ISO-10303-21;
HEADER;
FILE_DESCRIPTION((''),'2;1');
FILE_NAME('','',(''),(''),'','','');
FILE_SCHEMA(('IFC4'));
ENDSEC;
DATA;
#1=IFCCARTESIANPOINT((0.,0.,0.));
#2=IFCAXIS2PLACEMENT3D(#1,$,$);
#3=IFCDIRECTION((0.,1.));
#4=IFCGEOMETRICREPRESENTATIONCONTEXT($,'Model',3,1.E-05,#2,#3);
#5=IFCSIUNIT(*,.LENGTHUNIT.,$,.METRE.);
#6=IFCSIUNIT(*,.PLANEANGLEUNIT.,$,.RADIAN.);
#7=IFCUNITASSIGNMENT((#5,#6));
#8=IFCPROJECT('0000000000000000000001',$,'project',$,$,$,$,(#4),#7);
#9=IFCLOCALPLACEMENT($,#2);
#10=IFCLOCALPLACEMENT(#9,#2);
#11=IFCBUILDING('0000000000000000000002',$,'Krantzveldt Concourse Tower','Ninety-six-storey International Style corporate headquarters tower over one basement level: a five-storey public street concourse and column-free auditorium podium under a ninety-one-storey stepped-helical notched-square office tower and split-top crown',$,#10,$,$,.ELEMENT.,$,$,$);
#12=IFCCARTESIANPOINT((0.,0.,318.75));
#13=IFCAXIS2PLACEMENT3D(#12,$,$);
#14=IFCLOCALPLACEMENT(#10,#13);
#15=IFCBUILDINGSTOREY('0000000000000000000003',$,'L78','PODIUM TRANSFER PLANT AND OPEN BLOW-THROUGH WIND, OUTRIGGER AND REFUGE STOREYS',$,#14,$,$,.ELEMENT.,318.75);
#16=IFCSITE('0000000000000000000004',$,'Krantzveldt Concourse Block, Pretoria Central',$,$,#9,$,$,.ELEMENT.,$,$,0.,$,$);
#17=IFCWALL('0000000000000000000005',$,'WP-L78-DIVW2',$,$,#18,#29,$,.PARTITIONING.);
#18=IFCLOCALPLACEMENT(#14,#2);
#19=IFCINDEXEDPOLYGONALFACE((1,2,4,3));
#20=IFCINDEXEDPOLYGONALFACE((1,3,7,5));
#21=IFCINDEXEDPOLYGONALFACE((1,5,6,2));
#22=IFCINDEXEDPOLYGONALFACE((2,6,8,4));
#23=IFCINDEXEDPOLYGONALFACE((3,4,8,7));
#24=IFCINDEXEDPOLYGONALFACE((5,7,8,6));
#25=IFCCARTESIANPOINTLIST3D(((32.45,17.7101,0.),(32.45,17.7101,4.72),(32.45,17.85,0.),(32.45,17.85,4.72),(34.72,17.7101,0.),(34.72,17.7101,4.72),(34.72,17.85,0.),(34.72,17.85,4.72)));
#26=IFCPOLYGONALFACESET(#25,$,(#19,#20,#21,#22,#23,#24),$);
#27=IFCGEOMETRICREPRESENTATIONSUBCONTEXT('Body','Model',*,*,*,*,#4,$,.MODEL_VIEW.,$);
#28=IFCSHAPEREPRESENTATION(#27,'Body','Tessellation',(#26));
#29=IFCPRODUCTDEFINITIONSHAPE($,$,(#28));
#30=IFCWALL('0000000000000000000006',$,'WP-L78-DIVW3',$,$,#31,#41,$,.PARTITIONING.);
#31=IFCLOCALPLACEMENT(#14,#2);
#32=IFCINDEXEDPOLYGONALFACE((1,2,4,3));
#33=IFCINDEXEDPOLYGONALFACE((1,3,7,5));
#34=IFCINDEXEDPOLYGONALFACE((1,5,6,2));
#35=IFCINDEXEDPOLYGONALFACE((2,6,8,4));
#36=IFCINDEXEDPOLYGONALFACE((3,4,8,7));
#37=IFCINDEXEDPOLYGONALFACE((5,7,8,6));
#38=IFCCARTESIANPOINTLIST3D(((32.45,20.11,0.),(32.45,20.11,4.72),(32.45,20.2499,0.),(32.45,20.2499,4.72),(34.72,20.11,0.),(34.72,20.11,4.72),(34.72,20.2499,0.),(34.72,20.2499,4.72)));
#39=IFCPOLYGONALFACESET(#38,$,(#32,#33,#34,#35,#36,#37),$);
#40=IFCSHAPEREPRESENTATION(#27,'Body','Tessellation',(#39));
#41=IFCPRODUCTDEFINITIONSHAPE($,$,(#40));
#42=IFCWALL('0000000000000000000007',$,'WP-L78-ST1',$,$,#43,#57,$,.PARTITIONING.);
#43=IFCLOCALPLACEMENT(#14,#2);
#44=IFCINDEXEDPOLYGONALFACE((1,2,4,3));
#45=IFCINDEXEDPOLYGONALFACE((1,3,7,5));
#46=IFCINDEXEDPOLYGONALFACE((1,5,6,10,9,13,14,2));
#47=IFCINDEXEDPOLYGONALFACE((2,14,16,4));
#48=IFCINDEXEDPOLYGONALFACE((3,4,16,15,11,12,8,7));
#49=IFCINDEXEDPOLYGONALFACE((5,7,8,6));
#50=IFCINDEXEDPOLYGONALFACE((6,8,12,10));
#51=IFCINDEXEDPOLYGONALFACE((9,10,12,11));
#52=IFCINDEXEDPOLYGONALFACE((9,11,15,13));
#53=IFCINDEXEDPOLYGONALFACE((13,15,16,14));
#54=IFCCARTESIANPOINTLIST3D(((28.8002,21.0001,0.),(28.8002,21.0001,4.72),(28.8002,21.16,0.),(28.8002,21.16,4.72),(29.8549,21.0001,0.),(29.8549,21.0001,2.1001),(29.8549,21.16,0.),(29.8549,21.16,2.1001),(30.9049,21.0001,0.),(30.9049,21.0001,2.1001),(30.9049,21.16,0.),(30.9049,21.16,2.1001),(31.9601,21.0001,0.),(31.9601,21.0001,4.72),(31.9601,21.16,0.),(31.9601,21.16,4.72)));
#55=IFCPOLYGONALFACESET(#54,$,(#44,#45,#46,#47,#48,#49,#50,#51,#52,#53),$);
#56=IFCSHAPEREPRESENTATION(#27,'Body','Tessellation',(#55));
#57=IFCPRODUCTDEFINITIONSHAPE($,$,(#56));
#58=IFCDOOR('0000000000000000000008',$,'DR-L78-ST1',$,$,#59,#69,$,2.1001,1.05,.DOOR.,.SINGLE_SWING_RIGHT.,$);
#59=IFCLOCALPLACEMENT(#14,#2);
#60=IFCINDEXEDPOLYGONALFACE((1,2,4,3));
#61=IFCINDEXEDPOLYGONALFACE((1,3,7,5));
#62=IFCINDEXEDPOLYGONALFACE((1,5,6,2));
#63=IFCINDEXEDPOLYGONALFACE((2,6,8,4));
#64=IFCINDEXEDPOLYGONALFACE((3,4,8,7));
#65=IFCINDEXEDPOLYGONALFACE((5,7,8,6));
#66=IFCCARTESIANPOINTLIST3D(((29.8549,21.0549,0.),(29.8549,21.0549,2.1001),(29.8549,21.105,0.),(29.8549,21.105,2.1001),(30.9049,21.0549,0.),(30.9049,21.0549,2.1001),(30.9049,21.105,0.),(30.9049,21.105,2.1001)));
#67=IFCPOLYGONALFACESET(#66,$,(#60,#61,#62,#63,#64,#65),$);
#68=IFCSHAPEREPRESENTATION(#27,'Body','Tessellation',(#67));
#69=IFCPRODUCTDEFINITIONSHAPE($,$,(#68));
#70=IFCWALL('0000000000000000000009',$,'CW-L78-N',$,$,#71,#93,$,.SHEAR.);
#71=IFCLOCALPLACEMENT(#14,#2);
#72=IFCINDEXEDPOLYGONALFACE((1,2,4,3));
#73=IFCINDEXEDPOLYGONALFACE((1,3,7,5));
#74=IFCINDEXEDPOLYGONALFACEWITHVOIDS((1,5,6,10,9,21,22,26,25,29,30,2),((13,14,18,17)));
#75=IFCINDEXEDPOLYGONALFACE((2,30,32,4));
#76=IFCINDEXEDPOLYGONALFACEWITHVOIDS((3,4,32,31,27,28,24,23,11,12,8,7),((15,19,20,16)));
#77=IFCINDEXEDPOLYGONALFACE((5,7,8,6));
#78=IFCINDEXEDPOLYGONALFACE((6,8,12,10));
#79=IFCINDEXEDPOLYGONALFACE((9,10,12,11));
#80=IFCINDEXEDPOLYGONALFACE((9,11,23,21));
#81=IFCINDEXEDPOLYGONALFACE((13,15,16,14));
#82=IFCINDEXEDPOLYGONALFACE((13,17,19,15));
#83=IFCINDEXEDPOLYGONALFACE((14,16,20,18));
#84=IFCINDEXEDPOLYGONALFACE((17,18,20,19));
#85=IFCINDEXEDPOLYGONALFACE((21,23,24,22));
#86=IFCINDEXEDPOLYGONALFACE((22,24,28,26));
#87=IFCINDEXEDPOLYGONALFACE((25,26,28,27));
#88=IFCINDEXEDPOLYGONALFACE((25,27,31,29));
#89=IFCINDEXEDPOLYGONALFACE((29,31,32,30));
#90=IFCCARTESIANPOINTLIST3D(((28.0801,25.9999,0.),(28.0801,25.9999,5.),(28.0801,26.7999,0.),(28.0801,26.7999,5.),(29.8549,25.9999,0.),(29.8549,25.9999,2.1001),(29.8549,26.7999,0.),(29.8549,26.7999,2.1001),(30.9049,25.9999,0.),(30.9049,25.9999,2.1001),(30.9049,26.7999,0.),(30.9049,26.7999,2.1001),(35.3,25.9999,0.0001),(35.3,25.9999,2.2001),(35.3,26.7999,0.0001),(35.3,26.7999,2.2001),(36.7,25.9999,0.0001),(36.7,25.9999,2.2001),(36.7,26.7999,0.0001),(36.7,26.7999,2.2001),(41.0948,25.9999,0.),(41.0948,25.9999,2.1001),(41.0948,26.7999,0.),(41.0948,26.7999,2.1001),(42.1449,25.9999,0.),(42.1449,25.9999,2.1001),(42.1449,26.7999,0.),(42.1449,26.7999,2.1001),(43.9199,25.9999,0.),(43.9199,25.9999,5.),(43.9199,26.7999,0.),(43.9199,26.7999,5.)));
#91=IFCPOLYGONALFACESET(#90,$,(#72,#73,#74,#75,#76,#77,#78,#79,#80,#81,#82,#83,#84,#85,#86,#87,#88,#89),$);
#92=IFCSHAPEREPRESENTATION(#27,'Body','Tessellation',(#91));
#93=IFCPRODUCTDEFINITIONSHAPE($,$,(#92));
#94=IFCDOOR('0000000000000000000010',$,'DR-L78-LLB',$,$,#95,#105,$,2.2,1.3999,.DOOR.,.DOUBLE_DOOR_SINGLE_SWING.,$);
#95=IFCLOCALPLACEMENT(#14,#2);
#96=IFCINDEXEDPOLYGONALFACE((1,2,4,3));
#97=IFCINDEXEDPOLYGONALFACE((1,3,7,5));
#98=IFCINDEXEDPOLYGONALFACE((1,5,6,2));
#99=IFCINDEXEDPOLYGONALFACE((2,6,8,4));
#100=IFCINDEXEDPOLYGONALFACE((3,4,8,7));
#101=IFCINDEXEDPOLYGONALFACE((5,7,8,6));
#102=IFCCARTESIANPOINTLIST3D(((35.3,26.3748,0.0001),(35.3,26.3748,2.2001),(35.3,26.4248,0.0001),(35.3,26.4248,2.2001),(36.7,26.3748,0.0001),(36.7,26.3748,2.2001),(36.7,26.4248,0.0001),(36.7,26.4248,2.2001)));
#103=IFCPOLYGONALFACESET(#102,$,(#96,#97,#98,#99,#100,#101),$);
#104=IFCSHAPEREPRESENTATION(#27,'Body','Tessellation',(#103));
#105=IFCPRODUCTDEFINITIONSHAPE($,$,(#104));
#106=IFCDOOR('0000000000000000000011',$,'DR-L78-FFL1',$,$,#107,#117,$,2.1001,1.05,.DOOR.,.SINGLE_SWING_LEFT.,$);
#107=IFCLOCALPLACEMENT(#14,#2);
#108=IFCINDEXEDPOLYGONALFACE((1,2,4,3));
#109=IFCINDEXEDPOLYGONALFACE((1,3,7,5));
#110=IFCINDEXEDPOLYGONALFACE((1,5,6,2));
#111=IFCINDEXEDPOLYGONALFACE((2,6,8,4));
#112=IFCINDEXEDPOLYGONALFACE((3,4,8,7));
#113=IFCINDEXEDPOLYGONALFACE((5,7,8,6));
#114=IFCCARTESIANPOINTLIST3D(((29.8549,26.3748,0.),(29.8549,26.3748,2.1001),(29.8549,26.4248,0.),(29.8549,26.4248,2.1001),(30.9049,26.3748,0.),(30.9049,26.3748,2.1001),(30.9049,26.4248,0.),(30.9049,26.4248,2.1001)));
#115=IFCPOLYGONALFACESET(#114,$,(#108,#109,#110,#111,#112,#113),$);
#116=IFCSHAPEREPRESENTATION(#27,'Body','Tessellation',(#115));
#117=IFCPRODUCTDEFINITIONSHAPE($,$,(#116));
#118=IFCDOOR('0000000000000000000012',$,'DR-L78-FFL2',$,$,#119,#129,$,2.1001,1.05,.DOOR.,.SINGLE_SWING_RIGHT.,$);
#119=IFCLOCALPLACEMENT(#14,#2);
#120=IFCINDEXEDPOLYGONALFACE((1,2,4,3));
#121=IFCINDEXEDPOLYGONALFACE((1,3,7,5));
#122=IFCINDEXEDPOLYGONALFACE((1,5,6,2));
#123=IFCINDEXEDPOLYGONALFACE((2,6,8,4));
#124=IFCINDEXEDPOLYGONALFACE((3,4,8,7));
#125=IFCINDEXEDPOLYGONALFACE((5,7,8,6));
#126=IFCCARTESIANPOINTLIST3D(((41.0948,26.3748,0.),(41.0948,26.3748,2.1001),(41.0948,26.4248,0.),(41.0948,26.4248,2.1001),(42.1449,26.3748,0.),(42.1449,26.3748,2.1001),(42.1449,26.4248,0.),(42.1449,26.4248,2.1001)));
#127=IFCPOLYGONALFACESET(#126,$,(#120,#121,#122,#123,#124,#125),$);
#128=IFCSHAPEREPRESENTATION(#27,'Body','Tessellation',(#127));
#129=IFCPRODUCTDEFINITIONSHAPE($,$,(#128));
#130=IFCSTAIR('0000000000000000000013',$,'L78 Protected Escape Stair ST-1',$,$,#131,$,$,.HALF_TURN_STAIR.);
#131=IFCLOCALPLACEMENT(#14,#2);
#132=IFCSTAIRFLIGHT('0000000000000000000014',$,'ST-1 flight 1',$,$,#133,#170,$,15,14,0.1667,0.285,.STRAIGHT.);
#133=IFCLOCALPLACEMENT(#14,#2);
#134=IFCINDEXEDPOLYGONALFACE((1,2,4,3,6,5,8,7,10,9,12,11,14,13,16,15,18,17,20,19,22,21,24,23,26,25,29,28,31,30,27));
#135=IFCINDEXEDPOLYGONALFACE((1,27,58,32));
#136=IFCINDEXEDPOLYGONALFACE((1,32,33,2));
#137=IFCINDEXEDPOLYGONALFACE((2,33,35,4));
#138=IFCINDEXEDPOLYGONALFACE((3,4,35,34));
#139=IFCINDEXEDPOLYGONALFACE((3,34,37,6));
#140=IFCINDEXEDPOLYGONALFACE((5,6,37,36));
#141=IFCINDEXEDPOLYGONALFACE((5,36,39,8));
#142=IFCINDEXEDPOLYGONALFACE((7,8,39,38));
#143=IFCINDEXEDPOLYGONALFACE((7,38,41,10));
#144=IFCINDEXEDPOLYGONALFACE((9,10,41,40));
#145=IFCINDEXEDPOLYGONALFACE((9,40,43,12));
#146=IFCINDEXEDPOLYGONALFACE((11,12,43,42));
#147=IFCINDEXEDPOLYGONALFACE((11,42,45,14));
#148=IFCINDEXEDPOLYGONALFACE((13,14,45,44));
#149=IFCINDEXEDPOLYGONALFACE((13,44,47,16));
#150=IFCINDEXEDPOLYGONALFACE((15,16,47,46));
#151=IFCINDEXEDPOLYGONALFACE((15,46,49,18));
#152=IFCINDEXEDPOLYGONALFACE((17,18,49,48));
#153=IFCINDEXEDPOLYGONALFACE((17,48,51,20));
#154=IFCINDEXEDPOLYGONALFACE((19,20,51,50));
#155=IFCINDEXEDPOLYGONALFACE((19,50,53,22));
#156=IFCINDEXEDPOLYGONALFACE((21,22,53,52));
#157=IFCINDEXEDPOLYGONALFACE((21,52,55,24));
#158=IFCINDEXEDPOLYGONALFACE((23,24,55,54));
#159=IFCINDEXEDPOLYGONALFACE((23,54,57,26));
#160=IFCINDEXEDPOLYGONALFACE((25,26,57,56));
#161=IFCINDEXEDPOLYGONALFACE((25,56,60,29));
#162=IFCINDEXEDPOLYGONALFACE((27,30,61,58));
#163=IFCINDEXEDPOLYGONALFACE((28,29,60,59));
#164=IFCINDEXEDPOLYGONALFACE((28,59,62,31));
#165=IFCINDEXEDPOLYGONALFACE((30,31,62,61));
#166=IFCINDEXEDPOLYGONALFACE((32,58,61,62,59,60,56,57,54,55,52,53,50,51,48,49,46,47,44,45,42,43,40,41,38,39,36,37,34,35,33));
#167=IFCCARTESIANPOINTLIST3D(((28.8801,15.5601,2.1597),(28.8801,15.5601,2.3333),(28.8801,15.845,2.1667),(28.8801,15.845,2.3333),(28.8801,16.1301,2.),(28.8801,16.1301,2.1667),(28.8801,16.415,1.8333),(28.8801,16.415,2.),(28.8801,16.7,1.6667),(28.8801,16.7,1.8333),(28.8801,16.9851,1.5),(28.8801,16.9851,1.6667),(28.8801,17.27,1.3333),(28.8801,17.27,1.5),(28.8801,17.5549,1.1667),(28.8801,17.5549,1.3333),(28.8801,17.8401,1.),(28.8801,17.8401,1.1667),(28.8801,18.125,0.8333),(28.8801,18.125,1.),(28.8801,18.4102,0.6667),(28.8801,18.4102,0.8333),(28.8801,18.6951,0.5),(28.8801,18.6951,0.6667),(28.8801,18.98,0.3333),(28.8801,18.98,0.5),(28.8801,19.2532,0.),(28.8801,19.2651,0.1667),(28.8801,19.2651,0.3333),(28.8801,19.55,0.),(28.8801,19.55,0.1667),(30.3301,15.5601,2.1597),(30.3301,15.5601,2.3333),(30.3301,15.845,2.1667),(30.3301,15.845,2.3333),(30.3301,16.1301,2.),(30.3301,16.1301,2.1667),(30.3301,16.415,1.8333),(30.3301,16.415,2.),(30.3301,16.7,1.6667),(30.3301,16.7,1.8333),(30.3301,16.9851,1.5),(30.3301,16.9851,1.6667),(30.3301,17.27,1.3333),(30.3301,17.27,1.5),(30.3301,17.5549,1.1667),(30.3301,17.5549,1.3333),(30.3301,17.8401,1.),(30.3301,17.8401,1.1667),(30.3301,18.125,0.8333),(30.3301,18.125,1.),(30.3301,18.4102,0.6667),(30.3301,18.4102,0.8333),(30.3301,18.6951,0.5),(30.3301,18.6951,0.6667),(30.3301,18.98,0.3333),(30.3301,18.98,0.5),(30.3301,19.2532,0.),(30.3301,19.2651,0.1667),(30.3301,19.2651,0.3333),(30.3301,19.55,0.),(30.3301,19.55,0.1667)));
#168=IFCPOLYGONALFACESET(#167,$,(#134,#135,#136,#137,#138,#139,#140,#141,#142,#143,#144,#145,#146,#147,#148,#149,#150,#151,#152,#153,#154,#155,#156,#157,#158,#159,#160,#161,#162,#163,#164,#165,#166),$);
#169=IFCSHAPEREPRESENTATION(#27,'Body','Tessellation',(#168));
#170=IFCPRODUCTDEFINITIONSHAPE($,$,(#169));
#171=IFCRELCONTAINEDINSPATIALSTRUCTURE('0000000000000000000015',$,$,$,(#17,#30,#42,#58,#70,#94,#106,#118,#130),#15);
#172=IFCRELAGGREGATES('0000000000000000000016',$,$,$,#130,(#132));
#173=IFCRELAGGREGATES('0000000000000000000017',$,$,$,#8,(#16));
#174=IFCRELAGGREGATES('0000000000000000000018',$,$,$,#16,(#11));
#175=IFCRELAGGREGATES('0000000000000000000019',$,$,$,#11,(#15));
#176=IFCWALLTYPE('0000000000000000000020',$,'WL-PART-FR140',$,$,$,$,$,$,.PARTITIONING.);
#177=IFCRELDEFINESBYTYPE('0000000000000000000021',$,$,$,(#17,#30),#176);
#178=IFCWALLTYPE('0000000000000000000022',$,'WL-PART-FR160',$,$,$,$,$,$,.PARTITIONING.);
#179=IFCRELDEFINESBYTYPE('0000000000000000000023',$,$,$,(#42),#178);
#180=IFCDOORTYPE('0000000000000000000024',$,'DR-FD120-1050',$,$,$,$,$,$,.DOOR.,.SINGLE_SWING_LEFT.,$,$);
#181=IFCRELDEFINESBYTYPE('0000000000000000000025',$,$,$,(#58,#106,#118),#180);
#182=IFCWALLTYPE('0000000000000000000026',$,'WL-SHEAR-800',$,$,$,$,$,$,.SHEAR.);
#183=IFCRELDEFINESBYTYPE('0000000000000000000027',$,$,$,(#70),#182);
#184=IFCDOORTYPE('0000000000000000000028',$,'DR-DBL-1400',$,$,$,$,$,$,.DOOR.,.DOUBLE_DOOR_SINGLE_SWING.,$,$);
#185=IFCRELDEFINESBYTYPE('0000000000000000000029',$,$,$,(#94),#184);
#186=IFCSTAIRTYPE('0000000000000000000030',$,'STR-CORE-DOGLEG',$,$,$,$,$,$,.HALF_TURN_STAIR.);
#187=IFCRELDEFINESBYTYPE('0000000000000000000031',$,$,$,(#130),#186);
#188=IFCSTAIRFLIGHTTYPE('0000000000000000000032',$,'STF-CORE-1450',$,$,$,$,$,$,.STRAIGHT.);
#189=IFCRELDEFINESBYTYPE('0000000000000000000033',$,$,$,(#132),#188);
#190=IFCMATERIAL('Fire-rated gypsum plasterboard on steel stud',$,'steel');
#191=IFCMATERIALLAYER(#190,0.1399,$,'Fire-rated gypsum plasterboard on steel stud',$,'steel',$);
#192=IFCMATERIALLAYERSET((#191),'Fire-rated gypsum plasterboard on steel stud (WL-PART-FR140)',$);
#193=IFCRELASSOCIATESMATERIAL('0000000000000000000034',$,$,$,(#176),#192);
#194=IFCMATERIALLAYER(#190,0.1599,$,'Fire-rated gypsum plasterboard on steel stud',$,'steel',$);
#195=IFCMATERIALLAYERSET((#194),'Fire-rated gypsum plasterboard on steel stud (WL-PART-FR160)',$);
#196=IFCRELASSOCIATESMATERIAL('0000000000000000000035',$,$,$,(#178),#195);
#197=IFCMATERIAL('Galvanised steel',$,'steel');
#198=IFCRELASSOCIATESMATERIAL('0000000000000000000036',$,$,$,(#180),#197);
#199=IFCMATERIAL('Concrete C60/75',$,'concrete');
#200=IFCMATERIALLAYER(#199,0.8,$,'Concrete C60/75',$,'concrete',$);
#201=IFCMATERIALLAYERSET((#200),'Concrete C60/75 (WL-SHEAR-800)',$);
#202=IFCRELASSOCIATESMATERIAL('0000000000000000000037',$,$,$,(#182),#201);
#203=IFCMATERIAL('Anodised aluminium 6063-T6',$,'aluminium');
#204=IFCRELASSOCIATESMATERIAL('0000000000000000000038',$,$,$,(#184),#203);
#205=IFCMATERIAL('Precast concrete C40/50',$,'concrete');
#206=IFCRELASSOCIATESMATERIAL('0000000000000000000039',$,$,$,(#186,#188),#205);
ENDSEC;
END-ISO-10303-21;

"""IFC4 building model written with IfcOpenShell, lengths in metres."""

from ifc_helpers import new_model, si_unit, direction, frame, frame_2d, origin, place, context, subcontext, project, spatial, polyline, rectangle, outline, extrude, material, layer, layer_set, type_object, element, fill, aggregate, save


model = new_model("IFC4")

# Units and contexts
model_context = context("Model", 3, precision=1e-05, world=origin(), true_north=direction((0.0, 1.0)))
body_context = subcontext(model_context, "Body", "Model", "MODEL_VIEW")
ifc_project = project(units=[si_unit("LENGTHUNIT", "METRE"), si_unit("PLANEANGLEUNIT", "RADIAN")], contexts=[model_context])

# Site, building, storey
site_placement = place(None, origin())
site = spatial("IfcSite", under=ifc_project, at=site_placement, Name="Krantzveldt Concourse Block, Pretoria Central", CompositionType="ELEMENT", RefElevation=0.0)
building_placement = place(site_placement, origin())
building = spatial("IfcBuilding", under=site, at=building_placement, Name="Krantzveldt Concourse Tower", Description="Ninety-six-storey International Style corporate headquarters tower over one basement level: a five-storey public street concourse and column-free auditorium podium under a ninety-one-storey stepped-helical notched-square office tower and split-top crown", CompositionType="ELEMENT")
storey_placement = place(building_placement, frame((0.0, 0.0, 318.75)))
storey = spatial("IfcBuildingStorey", under=building, at=storey_placement, Name="L78", Description="PODIUM TRANSFER PLANT AND OPEN BLOW-THROUGH WIND, OUTRIGGER AND REFUGE STOREYS", CompositionType="ELEMENT", Elevation=318.75)

# Walls
ifc_material_1 = material(Name="Fire-rated gypsum plasterboard on steel stud", Category="steel")
ifc_layer_1 = layer(ifc_material_1, 0.1399, Name="Fire-rated gypsum plasterboard on steel stud", Category="steel")
ifc_layer_set_1 = layer_set([ifc_layer_1], Name="Fire-rated gypsum plasterboard on steel stud (WL-PART-FR140)")
wall_type_1 = type_object("IfcWallType", Name="WL-PART-FR140", PredefinedType="PARTITIONING", material=ifc_layer_set_1)
for number, where, z_axis, x_axis, name in (
    (1, (32.45, 17.78, 0.0), (0.0, 0.0, 1.0), (1.0, 0.0, 0.0), "WP-L78-DIVW2"),
    (2, (32.45, 20.1799, 0.0), (0.0, 0.0, 1.0), (1.0, 0.0, 0.0), "WP-L78-DIVW3"),
):
    element("IfcWall", number, at=place(storey_placement, frame(where, z_axis=z_axis, x_axis=x_axis)), inside=storey, type_object=wall_type_1, Name=name, PredefinedType="PARTITIONING", context=body_context, shape_type="SweptSolid", body=[
        extrude(rectangle(XDim=2.27, YDim=0.1399, at=frame_2d((1.135, 0.0))), origin(), (0.0, 0.0, 1.0), 4.72),
    ])

# Wall, opening, door
ifc_layer_2 = layer(ifc_material_1, 0.1599, Name="Fire-rated gypsum plasterboard on steel stud", Category="steel")
ifc_layer_set_2 = layer_set([ifc_layer_2], Name="Fire-rated gypsum plasterboard on steel stud (WL-PART-FR160)")
wall_type_2 = type_object("IfcWallType", Name="WL-PART-FR160", PredefinedType="PARTITIONING", material=ifc_layer_set_2)
wall_1_placement = place(storey_placement, frame((28.8, 21.0801, 0.0), z_axis=(0.0, 0.0, 1.0), x_axis=(1.0, 0.0, 0.0)))
wall_1 = element("IfcWall", 3, at=wall_1_placement, inside=storey, type_object=wall_type_2, Name="WP-L78-ST1", PredefinedType="PARTITIONING", context=body_context, shape_type="SweptSolid", body=[
    extrude(rectangle(XDim=3.1599, YDim=0.1599, at=frame_2d((1.5801, 0.0))), origin(), (0.0, 0.0, 1.0), 4.72),
])
opening_1_placement = place(wall_1_placement, frame((1.0549, 0.0, 0.0)))
opening_1 = element("IfcOpeningElement", 4, at=opening_1_placement, cuts=wall_1, PredefinedType="OPENING", context=body_context, shape_type="SweptSolid", body=[
    extrude(rectangle(XDim=1.05, YDim=2.1001, at=frame_2d((0.5249, 1.05))), frame((0.0, 0.0898, 0.0), z_axis=(0.0, -1.0, 0.0), x_axis=(1.0, 0.0, 0.0)), (0.0, 0.0, 1.0), 0.1799),
])
ifc_material_2 = material(Name="Galvanised steel", Category="steel")
door_type_1 = type_object("IfcDoorType", Name="DR-FD120-1050", OperationType="SINGLE_SWING_LEFT", PredefinedType="DOOR", material=ifc_material_2)
door_1_placement = place(opening_1_placement, origin())
door_1 = element("IfcDoor", 5, at=door_1_placement, inside=storey, type_object=door_type_1, Name="DR-L78-ST1", OperationType="SINGLE_SWING_RIGHT", OverallHeight=2.1001, OverallWidth=1.05, PredefinedType="DOOR", context=body_context, shape_type="SweptSolid", body=[
    extrude(rectangle(XDim=1.05, YDim=2.1001, at=frame_2d((0.5249, 1.05))), frame((0.0, 0.0249, 0.0), z_axis=(0.0, -1.0, 0.0), x_axis=(1.0, 0.0, 0.0)), (0.0, 0.0, 1.0), 0.05),
])
fill(opening_1, door_1)

# Wall, openings, doors
ifc_material_3 = material(Name="Concrete C60/75", Category="concrete")
ifc_layer_3 = layer(ifc_material_3, 0.8, Name="Concrete C60/75", Category="concrete")
ifc_layer_set_3 = layer_set([ifc_layer_3], Name="Concrete C60/75 (WL-SHEAR-800)")
wall_type_3 = type_object("IfcWallType", Name="WL-SHEAR-800", PredefinedType="SHEAR", material=ifc_layer_set_3)
wall_2_placement = place(storey_placement, frame((28.0801, 26.3999, 0.0), z_axis=(0.0, 0.0, 1.0), x_axis=(1.0, 0.0, 0.0)))
wall_2 = element("IfcWall", 6, at=wall_2_placement, inside=storey, type_object=wall_type_3, Name="CW-L78-N", PredefinedType="SHEAR", context=body_context, shape_type="SweptSolid", body=[
    extrude(rectangle(XDim=15.8398, YDim=0.8, at=frame_2d((7.9199, 0.0))), origin(), (0.0, 0.0, 1.0), 5.0),
])
opening_2_placement = place(wall_2_placement, frame((7.22, 0.0, 0.0)))
opening_2 = element("IfcOpeningElement", 7, at=opening_2_placement, cuts=wall_2, PredefinedType="OPENING", context=body_context, shape_type="SweptSolid", body=[
    extrude(rectangle(XDim=1.3999, YDim=2.2, at=frame_2d((0.7, 1.1001))), frame((0.0, 0.4102, 0.0), z_axis=(0.0, -1.0, 0.0), x_axis=(1.0, 0.0, 0.0)), (0.0, 0.0, 1.0), 0.8201),
])
opening_3_placement = place(wall_2_placement, frame((1.7749, 0.0, 0.0)))
opening_3 = element("IfcOpeningElement", 8, at=opening_3_placement, cuts=wall_2, PredefinedType="OPENING", context=body_context, shape_type="SweptSolid", body=[
    extrude(rectangle(XDim=1.05, YDim=2.1001, at=frame_2d((0.5249, 1.05))), frame((0.0, 0.4102, 0.0), z_axis=(0.0, -1.0, 0.0), x_axis=(1.0, 0.0, 0.0)), (0.0, 0.0, 1.0), 0.8201),
])
opening_4_placement = place(wall_2_placement, frame((13.0149, 0.0, 0.0)))
opening_4 = element("IfcOpeningElement", 9, at=opening_4_placement, cuts=wall_2, PredefinedType="OPENING", context=body_context, shape_type="SweptSolid", body=[
    extrude(rectangle(XDim=1.05, YDim=2.1001, at=frame_2d((0.5249, 1.05))), frame((0.0, 0.4102, 0.0), z_axis=(0.0, -1.0, 0.0), x_axis=(1.0, 0.0, 0.0)), (0.0, 0.0, 1.0), 0.8201),
])
ifc_material_4 = material(Name="Anodised aluminium 6063-T6", Category="aluminium")
door_type_2 = type_object("IfcDoorType", Name="DR-DBL-1400", OperationType="DOUBLE_DOOR_SINGLE_SWING", PredefinedType="DOOR", material=ifc_material_4)
door_2_placement = place(opening_2_placement, origin())
door_2 = element("IfcDoor", 10, at=door_2_placement, inside=storey, type_object=door_type_2, Name="DR-L78-LLB", OperationType="DOUBLE_DOOR_SINGLE_SWING", OverallHeight=2.2, OverallWidth=1.3999, PredefinedType="DOOR", context=body_context, shape_type="SweptSolid", body=[
    extrude(rectangle(XDim=1.3999, YDim=2.2, at=frame_2d((0.7, 1.1001))), frame((0.0, 0.0249, 0.0), z_axis=(0.0, -1.0, 0.0), x_axis=(1.0, 0.0, 0.0)), (0.0, 0.0, 1.0), 0.05),
])
fill(opening_2, door_2)
door_3_placement = place(opening_3_placement, origin())
door_3 = element("IfcDoor", 11, at=door_3_placement, inside=storey, type_object=door_type_1, Name="DR-L78-FFL1", OperationType="SINGLE_SWING_LEFT", OverallHeight=2.1001, OverallWidth=1.05, PredefinedType="DOOR", context=body_context, shape_type="SweptSolid", body=[
    extrude(rectangle(XDim=1.05, YDim=2.1001, at=frame_2d((0.5249, 1.05))), frame((0.0, 0.0249, 0.0), z_axis=(0.0, -1.0, 0.0), x_axis=(1.0, 0.0, 0.0)), (0.0, 0.0, 1.0), 0.05),
])
fill(opening_3, door_3)
door_4_placement = place(opening_4_placement, origin())
door_4 = element("IfcDoor", 12, at=door_4_placement, inside=storey, type_object=door_type_1, Name="DR-L78-FFL2", OperationType="SINGLE_SWING_RIGHT", OverallHeight=2.1001, OverallWidth=1.05, PredefinedType="DOOR", context=body_context, shape_type="SweptSolid", body=[
    extrude(rectangle(XDim=1.05, YDim=2.1001, at=frame_2d((0.5249, 1.05))), frame((0.0, 0.0249, 0.0), z_axis=(0.0, -1.0, 0.0), x_axis=(1.0, 0.0, 0.0)), (0.0, 0.0, 1.0), 0.05),
])
fill(opening_4, door_4)

# Stair, stair flight
ifc_material_5 = material(Name="Precast concrete C40/50", Category="concrete")
stair_type = type_object("IfcStairType", Name="STR-CORE-DOGLEG", PredefinedType="HALF_TURN_STAIR", material=ifc_material_5)
stair_placement = place(storey_placement, origin())
stair = element("IfcStair", 13, at=stair_placement, inside=storey, type_object=stair_type, Name="L78 Protected Escape Stair ST-1", PredefinedType="HALF_TURN_STAIR")
stair_flight_type = type_object("IfcStairFlightType", Name="STF-CORE-1450", PredefinedType="STRAIGHT", material=ifc_material_5)
stair_flight_placement = place(storey_placement, frame((29.605, 19.55, 0.0), z_axis=(0.0, 0.0, 1.0), x_axis=(0.0, -1.0, 0.0)))
stair_flight = element("IfcStairFlight", 14, at=stair_flight_placement, type_object=stair_flight_type, Name="ST-1 flight 1", NumberOfRisers=15, NumberOfTreads=14, PredefinedType="STRAIGHT", RiserHeight=0.1667, TreadLength=0.285, context=body_context, shape_type="SweptSolid", body=[
    extrude(outline(polyline([(0.0, 0.0), (0.0, 0.1667), (0.2849, 0.1667), (0.2849, 0.3333), (0.5701, 0.3333), (0.5701, 0.5), (0.855, 0.5), (0.855, 0.6667), (1.1399, 0.6667), (1.1399, 0.8333), (1.425, 0.8333), (1.425, 1.0), (1.71, 1.0), (1.71, 1.1667), (1.9951, 1.1667), (1.9951, 1.3333), (2.28, 1.3333), (2.28, 1.5), (2.5649, 1.5), (2.5649, 1.6667), (2.8501, 1.6667), (2.8501, 1.8333), (3.135, 1.8333), (3.135, 2.0), (3.4199, 2.0), (3.4199, 2.1667), (3.7051, 2.1667), (3.7051, 2.3333), (3.99, 2.3333), (3.99, 2.5), (3.99, 2.1597), (0.2969, 0.0), (0.0, 0.0)])), frame((0.0, 0.7251, 0.0), z_axis=(0.0, -1.0, 0.0), x_axis=(1.0, 0.0, 0.0)), (0.0, 0.0, 1.0), 1.45),
])
aggregate(stair, [stair_flight])

save(model, "model.ifc")
